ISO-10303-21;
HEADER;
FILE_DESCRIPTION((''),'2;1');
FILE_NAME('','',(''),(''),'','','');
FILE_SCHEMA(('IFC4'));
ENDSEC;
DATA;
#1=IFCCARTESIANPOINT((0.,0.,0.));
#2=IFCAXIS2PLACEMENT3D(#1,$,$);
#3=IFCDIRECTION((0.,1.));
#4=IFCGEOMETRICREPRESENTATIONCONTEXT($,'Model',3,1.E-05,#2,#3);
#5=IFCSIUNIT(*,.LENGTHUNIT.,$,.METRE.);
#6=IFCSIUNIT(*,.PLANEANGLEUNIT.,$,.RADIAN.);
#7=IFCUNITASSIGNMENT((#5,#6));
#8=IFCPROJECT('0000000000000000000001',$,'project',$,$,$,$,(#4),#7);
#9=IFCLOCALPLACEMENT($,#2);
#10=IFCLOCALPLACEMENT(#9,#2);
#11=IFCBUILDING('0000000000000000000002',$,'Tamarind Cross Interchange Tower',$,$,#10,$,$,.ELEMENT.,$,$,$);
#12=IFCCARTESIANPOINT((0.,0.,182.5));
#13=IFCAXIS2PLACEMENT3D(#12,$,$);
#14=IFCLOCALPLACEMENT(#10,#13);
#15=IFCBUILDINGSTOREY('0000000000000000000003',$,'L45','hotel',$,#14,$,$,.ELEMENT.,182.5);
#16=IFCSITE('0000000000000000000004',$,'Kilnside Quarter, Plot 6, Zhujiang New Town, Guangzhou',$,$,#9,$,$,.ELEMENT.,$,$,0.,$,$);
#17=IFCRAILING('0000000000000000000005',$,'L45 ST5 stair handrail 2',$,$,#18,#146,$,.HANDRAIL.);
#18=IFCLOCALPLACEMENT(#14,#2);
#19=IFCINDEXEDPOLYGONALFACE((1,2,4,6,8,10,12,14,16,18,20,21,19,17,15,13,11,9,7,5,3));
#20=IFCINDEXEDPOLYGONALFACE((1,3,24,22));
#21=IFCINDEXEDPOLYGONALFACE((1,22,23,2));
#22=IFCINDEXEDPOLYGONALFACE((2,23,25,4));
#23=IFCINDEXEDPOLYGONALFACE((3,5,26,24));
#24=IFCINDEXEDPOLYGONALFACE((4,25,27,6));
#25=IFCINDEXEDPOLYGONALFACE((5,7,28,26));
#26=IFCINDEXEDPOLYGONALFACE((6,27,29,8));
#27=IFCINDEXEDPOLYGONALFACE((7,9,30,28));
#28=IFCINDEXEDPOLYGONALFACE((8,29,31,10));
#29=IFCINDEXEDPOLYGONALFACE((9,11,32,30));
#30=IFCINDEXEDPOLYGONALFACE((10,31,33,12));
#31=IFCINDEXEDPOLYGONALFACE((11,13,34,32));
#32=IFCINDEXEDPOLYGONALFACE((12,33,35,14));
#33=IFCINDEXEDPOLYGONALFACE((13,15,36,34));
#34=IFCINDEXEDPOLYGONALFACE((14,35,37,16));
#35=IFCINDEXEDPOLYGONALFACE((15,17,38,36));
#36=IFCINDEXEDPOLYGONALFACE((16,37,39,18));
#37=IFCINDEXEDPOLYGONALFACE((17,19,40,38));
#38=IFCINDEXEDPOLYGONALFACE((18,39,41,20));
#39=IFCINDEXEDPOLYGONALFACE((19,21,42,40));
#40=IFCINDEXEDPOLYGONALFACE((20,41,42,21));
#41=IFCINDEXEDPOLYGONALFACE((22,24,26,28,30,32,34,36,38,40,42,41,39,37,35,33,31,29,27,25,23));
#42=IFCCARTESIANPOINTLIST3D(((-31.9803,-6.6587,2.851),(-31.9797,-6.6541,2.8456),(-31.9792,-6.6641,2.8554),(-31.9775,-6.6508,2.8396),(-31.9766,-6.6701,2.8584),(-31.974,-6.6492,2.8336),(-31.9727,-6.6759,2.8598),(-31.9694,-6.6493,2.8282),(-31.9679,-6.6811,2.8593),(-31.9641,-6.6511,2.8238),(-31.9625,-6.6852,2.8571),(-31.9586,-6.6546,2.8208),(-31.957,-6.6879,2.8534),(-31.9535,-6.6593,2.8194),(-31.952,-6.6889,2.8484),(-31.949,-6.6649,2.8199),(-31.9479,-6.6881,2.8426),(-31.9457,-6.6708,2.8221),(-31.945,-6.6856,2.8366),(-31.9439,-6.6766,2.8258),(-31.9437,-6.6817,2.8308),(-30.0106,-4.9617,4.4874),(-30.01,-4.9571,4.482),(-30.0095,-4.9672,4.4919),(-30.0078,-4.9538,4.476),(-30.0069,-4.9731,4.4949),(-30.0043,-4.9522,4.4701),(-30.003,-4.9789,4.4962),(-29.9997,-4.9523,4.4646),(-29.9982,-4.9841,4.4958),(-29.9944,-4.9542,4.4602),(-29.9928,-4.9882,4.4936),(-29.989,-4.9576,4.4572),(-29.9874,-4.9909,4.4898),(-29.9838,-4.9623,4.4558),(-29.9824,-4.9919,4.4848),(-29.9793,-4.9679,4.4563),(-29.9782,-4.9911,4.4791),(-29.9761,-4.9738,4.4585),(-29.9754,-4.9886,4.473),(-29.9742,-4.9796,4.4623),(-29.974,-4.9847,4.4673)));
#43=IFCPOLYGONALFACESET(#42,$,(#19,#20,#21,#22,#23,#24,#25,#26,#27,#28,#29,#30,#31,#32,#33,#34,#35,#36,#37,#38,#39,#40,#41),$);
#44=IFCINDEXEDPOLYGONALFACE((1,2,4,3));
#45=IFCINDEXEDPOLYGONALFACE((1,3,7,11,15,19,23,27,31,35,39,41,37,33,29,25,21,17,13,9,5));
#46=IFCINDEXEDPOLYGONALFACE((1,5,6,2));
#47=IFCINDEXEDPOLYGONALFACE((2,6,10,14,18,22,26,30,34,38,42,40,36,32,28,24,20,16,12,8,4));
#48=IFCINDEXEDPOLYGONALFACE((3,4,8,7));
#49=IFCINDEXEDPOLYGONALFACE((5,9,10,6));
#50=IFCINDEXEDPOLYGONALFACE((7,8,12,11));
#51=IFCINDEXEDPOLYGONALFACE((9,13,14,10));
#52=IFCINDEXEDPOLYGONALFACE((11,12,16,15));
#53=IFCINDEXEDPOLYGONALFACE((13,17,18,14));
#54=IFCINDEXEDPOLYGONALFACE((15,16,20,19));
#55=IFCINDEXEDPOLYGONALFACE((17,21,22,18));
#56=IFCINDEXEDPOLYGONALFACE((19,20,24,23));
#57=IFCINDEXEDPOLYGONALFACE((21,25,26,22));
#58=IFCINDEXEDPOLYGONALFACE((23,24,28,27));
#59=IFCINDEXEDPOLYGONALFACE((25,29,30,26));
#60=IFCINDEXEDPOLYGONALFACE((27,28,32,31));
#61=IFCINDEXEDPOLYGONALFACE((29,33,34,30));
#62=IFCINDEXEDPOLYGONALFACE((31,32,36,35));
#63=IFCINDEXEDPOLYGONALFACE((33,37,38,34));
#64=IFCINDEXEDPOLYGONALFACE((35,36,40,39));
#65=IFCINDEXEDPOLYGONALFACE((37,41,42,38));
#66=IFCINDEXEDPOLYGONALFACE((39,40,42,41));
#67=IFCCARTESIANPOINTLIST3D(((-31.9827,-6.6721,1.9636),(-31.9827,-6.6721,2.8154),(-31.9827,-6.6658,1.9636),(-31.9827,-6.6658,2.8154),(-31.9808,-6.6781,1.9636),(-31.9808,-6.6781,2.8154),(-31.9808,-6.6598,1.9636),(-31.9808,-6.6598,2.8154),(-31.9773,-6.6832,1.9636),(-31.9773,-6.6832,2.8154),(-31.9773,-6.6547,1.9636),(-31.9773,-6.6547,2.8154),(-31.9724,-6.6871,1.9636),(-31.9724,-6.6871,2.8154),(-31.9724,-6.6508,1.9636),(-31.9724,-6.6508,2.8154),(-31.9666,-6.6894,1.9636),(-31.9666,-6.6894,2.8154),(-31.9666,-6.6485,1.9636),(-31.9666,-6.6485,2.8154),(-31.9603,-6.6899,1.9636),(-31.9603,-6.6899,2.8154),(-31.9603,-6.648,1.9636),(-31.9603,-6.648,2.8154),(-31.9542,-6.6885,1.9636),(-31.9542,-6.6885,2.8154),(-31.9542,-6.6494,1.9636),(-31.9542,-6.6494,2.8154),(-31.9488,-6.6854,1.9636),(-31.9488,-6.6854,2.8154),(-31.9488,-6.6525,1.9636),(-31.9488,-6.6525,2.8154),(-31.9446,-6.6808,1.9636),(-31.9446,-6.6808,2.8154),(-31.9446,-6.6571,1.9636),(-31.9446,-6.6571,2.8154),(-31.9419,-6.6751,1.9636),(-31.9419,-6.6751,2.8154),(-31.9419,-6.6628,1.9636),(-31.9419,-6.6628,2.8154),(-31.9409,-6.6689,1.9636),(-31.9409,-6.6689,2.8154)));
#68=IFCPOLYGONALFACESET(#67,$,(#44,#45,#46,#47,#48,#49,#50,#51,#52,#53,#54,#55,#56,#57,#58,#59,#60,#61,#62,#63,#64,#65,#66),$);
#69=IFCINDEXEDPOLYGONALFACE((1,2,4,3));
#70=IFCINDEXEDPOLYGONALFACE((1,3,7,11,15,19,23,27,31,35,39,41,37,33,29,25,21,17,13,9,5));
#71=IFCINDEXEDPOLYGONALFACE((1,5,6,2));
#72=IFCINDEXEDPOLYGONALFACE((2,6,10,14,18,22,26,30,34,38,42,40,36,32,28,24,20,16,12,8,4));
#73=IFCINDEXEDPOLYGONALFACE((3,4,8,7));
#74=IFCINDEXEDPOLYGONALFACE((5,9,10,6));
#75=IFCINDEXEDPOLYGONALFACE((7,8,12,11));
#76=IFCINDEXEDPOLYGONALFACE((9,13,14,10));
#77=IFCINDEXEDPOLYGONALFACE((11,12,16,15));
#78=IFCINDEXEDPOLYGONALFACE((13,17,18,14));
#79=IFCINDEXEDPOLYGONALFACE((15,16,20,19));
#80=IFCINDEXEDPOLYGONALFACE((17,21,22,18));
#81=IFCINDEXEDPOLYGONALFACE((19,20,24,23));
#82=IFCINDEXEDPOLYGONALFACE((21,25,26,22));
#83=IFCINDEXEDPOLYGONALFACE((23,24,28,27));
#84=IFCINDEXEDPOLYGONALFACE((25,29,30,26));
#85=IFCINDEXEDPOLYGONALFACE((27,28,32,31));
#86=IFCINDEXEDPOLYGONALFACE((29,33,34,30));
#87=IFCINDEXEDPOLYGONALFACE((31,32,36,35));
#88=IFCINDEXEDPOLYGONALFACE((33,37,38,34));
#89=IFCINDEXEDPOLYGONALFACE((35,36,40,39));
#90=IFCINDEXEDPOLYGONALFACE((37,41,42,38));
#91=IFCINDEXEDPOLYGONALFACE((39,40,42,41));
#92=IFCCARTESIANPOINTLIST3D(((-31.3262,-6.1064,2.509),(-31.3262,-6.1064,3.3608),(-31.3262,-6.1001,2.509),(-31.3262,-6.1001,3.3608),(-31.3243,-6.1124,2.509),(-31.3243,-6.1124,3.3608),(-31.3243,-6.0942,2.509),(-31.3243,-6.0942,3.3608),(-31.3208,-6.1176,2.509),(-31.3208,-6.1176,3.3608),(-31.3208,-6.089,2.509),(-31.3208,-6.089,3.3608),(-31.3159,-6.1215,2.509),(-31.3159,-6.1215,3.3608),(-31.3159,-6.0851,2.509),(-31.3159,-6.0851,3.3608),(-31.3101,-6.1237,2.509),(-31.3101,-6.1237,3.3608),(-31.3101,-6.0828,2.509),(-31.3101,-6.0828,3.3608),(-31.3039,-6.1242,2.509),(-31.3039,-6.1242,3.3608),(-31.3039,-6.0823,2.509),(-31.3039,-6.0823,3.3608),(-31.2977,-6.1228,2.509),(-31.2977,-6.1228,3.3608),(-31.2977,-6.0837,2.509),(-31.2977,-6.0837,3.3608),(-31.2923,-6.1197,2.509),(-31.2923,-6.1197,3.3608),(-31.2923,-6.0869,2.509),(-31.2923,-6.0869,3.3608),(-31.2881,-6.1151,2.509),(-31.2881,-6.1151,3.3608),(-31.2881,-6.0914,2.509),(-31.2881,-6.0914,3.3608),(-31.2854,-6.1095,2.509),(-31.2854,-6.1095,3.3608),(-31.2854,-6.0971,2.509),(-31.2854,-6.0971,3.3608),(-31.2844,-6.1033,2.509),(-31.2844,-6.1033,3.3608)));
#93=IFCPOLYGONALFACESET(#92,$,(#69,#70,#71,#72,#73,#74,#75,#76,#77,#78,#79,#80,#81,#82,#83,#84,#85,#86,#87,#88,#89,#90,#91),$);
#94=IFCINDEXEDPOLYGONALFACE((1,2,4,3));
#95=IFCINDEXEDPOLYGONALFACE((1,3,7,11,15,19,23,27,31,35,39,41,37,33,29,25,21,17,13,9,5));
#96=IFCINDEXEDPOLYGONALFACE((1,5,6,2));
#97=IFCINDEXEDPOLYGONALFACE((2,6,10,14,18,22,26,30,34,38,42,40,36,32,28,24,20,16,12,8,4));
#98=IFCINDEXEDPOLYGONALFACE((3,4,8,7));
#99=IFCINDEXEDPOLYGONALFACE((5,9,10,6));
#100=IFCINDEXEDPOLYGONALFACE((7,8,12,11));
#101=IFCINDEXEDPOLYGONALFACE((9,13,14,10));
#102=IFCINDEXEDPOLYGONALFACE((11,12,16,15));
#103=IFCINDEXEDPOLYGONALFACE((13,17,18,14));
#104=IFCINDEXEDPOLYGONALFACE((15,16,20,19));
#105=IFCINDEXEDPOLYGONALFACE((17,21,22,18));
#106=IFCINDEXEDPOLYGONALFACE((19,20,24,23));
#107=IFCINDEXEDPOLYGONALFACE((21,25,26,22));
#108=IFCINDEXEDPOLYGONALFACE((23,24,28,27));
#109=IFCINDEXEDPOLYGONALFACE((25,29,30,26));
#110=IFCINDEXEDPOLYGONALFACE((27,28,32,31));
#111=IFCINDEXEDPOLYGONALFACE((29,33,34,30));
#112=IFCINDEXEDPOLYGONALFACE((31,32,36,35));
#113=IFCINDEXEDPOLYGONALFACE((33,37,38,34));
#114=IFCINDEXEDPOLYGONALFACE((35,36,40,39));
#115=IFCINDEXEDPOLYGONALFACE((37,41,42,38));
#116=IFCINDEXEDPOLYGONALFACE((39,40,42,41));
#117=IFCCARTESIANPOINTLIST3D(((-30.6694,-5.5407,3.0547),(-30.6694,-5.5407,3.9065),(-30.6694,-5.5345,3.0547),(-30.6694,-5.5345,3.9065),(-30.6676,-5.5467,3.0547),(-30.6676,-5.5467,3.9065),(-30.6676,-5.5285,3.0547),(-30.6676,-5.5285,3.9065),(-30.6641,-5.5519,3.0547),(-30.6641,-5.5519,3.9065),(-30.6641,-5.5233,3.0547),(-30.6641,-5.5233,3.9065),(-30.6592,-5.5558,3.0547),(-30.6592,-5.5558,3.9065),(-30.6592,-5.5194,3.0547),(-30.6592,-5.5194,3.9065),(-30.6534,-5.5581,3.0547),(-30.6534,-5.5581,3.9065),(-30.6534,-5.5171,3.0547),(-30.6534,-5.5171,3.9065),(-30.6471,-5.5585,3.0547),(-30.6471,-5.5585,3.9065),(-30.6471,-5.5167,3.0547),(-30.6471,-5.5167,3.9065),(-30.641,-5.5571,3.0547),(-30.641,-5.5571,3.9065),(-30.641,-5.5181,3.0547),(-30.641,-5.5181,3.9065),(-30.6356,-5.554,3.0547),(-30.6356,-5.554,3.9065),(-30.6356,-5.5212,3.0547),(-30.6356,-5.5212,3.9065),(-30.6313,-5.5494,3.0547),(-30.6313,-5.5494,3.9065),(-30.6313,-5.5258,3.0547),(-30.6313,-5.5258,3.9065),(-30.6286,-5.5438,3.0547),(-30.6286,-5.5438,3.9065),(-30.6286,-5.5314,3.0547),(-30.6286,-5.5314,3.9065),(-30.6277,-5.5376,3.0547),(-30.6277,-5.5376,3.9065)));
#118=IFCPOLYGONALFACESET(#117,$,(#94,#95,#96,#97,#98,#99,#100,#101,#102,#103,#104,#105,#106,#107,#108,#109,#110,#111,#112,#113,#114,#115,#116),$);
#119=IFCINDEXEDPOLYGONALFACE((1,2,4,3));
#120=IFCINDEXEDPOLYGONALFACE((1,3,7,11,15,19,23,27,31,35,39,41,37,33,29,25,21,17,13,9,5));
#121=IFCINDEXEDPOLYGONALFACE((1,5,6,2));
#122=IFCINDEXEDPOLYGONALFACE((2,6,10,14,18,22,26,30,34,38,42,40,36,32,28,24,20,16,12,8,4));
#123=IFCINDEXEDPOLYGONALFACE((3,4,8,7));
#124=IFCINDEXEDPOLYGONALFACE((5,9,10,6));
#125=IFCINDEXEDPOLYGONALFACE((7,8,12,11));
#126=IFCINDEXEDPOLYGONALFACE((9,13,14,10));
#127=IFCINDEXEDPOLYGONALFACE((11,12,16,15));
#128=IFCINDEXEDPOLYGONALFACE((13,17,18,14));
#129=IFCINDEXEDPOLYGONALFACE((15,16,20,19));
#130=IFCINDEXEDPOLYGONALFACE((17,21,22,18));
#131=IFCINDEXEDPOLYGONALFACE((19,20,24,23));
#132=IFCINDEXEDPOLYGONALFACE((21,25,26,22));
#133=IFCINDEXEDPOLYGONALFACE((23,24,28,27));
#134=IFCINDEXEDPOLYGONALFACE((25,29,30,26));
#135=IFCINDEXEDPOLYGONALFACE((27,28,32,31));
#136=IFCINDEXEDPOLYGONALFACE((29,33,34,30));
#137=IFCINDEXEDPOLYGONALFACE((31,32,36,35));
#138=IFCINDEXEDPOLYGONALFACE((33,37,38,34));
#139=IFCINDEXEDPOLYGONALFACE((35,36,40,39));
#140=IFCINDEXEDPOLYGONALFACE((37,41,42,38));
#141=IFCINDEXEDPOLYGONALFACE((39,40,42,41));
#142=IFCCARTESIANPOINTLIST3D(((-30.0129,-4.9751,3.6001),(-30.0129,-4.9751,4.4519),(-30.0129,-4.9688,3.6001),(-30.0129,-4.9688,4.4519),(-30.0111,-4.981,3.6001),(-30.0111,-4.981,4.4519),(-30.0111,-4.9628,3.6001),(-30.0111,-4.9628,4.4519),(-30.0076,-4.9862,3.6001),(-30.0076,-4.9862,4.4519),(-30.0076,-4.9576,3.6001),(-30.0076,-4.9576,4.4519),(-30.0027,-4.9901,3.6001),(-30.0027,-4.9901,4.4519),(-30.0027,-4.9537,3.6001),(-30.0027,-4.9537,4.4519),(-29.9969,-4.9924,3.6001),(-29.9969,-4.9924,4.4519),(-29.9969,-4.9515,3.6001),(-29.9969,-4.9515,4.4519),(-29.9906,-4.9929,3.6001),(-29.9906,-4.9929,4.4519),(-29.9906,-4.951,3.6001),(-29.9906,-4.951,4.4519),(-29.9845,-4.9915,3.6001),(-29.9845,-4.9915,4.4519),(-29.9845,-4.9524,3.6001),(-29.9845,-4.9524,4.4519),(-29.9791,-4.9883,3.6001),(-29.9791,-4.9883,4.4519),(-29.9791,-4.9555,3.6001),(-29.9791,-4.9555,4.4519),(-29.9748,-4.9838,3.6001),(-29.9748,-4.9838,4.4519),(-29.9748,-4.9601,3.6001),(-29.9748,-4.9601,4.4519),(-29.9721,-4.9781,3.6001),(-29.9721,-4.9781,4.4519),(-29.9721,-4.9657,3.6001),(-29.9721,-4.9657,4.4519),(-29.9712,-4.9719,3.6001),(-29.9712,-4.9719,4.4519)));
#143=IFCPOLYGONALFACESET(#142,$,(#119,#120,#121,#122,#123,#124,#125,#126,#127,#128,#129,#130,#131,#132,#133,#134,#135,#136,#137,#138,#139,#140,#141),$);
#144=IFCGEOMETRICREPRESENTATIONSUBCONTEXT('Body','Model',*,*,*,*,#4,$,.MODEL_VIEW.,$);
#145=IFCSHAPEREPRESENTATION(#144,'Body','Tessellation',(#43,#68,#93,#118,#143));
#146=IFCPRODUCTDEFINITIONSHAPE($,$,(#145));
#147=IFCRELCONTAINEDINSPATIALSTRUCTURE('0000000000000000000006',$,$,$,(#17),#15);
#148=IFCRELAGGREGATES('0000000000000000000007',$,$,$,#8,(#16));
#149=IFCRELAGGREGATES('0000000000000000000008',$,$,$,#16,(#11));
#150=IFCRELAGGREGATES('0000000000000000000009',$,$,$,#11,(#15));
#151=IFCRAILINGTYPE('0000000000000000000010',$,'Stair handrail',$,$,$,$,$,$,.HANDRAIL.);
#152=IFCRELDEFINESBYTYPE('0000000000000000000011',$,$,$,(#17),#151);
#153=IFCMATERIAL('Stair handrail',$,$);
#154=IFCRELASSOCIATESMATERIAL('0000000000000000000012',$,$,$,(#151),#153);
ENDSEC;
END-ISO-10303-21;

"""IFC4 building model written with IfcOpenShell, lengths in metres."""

from ifc_helpers import new_model, si_unit, direction, frame, origin, origin_2d, place, context, subcontext, project, spatial, circle, extrude, material, type_object, element, save


model = new_model("IFC4")

# Units and contexts
model_context = context("Model", 3, precision=1e-05, world=origin(), true_north=direction((0.0, 1.0)))
body_context = subcontext(model_context, "Body", "Model", "MODEL_VIEW")
ifc_project = project(units=[si_unit("LENGTHUNIT", "METRE"), si_unit("PLANEANGLEUNIT", "RADIAN")], contexts=[model_context])

# Site, building, storey
site_placement = place(None, origin())
site = spatial("IfcSite", under=ifc_project, at=site_placement, Name="Kilnside Quarter, Plot 6, Zhujiang New Town, Guangzhou", CompositionType="ELEMENT", RefElevation=0.0)
building_placement = place(site_placement, origin())
building = spatial("IfcBuilding", under=site, at=building_placement, Name="Tamarind Cross Interchange Tower", CompositionType="ELEMENT")
storey_placement = place(building_placement, frame((0.0, 0.0, 182.5)))
storey = spatial("IfcBuildingStorey", under=building, at=storey_placement, Name="L45", Description="hotel", CompositionType="ELEMENT", Elevation=182.5)

# Railing
ifc_material_1 = material(Name="Stair handrail")
railing_type = type_object("IfcRailingType", Name="Stair handrail", PredefinedType="HANDRAIL", material=ifc_material_1)
railing_placement = place(storey_placement, frame((-31.9619, -6.6689, 1.9636)))
element("IfcRailing", 1, at=railing_placement, inside=storey, type_object=railing_type, Name="L45 ST5 stair handrail 2", PredefinedType="HANDRAIL", context=body_context, shape_type="SweptSolid", body=[
    extrude(circle(Radius=0.0239, at=origin_2d()), frame((0.0, 0.0, 0.876), z_axis=(0.641168, 0.552399, 0.53269), x_axis=(-0.652715, 0.757604, 0.0)), (0.0, 0.0, 1.0), 3.072),
    extrude(circle(Radius=0.021, at=origin_2d()), origin(), (0.0, 0.0, 1.0), 0.8518),
    extrude(circle(Radius=0.021, at=origin_2d()), frame((0.6565, 0.5657, 0.5454)), (0.0, 0.0, 1.0), 0.8518),
    extrude(circle(Radius=0.021, at=origin_2d()), frame((1.3132, 1.1313, 1.0911)), (0.0, 0.0, 1.0), 0.8518),
    extrude(circle(Radius=0.021, at=origin_2d()), frame((1.9697, 1.697, 1.6365)), (0.0, 0.0, 1.0), 0.8518),
])

save(model, "model.ifc")
